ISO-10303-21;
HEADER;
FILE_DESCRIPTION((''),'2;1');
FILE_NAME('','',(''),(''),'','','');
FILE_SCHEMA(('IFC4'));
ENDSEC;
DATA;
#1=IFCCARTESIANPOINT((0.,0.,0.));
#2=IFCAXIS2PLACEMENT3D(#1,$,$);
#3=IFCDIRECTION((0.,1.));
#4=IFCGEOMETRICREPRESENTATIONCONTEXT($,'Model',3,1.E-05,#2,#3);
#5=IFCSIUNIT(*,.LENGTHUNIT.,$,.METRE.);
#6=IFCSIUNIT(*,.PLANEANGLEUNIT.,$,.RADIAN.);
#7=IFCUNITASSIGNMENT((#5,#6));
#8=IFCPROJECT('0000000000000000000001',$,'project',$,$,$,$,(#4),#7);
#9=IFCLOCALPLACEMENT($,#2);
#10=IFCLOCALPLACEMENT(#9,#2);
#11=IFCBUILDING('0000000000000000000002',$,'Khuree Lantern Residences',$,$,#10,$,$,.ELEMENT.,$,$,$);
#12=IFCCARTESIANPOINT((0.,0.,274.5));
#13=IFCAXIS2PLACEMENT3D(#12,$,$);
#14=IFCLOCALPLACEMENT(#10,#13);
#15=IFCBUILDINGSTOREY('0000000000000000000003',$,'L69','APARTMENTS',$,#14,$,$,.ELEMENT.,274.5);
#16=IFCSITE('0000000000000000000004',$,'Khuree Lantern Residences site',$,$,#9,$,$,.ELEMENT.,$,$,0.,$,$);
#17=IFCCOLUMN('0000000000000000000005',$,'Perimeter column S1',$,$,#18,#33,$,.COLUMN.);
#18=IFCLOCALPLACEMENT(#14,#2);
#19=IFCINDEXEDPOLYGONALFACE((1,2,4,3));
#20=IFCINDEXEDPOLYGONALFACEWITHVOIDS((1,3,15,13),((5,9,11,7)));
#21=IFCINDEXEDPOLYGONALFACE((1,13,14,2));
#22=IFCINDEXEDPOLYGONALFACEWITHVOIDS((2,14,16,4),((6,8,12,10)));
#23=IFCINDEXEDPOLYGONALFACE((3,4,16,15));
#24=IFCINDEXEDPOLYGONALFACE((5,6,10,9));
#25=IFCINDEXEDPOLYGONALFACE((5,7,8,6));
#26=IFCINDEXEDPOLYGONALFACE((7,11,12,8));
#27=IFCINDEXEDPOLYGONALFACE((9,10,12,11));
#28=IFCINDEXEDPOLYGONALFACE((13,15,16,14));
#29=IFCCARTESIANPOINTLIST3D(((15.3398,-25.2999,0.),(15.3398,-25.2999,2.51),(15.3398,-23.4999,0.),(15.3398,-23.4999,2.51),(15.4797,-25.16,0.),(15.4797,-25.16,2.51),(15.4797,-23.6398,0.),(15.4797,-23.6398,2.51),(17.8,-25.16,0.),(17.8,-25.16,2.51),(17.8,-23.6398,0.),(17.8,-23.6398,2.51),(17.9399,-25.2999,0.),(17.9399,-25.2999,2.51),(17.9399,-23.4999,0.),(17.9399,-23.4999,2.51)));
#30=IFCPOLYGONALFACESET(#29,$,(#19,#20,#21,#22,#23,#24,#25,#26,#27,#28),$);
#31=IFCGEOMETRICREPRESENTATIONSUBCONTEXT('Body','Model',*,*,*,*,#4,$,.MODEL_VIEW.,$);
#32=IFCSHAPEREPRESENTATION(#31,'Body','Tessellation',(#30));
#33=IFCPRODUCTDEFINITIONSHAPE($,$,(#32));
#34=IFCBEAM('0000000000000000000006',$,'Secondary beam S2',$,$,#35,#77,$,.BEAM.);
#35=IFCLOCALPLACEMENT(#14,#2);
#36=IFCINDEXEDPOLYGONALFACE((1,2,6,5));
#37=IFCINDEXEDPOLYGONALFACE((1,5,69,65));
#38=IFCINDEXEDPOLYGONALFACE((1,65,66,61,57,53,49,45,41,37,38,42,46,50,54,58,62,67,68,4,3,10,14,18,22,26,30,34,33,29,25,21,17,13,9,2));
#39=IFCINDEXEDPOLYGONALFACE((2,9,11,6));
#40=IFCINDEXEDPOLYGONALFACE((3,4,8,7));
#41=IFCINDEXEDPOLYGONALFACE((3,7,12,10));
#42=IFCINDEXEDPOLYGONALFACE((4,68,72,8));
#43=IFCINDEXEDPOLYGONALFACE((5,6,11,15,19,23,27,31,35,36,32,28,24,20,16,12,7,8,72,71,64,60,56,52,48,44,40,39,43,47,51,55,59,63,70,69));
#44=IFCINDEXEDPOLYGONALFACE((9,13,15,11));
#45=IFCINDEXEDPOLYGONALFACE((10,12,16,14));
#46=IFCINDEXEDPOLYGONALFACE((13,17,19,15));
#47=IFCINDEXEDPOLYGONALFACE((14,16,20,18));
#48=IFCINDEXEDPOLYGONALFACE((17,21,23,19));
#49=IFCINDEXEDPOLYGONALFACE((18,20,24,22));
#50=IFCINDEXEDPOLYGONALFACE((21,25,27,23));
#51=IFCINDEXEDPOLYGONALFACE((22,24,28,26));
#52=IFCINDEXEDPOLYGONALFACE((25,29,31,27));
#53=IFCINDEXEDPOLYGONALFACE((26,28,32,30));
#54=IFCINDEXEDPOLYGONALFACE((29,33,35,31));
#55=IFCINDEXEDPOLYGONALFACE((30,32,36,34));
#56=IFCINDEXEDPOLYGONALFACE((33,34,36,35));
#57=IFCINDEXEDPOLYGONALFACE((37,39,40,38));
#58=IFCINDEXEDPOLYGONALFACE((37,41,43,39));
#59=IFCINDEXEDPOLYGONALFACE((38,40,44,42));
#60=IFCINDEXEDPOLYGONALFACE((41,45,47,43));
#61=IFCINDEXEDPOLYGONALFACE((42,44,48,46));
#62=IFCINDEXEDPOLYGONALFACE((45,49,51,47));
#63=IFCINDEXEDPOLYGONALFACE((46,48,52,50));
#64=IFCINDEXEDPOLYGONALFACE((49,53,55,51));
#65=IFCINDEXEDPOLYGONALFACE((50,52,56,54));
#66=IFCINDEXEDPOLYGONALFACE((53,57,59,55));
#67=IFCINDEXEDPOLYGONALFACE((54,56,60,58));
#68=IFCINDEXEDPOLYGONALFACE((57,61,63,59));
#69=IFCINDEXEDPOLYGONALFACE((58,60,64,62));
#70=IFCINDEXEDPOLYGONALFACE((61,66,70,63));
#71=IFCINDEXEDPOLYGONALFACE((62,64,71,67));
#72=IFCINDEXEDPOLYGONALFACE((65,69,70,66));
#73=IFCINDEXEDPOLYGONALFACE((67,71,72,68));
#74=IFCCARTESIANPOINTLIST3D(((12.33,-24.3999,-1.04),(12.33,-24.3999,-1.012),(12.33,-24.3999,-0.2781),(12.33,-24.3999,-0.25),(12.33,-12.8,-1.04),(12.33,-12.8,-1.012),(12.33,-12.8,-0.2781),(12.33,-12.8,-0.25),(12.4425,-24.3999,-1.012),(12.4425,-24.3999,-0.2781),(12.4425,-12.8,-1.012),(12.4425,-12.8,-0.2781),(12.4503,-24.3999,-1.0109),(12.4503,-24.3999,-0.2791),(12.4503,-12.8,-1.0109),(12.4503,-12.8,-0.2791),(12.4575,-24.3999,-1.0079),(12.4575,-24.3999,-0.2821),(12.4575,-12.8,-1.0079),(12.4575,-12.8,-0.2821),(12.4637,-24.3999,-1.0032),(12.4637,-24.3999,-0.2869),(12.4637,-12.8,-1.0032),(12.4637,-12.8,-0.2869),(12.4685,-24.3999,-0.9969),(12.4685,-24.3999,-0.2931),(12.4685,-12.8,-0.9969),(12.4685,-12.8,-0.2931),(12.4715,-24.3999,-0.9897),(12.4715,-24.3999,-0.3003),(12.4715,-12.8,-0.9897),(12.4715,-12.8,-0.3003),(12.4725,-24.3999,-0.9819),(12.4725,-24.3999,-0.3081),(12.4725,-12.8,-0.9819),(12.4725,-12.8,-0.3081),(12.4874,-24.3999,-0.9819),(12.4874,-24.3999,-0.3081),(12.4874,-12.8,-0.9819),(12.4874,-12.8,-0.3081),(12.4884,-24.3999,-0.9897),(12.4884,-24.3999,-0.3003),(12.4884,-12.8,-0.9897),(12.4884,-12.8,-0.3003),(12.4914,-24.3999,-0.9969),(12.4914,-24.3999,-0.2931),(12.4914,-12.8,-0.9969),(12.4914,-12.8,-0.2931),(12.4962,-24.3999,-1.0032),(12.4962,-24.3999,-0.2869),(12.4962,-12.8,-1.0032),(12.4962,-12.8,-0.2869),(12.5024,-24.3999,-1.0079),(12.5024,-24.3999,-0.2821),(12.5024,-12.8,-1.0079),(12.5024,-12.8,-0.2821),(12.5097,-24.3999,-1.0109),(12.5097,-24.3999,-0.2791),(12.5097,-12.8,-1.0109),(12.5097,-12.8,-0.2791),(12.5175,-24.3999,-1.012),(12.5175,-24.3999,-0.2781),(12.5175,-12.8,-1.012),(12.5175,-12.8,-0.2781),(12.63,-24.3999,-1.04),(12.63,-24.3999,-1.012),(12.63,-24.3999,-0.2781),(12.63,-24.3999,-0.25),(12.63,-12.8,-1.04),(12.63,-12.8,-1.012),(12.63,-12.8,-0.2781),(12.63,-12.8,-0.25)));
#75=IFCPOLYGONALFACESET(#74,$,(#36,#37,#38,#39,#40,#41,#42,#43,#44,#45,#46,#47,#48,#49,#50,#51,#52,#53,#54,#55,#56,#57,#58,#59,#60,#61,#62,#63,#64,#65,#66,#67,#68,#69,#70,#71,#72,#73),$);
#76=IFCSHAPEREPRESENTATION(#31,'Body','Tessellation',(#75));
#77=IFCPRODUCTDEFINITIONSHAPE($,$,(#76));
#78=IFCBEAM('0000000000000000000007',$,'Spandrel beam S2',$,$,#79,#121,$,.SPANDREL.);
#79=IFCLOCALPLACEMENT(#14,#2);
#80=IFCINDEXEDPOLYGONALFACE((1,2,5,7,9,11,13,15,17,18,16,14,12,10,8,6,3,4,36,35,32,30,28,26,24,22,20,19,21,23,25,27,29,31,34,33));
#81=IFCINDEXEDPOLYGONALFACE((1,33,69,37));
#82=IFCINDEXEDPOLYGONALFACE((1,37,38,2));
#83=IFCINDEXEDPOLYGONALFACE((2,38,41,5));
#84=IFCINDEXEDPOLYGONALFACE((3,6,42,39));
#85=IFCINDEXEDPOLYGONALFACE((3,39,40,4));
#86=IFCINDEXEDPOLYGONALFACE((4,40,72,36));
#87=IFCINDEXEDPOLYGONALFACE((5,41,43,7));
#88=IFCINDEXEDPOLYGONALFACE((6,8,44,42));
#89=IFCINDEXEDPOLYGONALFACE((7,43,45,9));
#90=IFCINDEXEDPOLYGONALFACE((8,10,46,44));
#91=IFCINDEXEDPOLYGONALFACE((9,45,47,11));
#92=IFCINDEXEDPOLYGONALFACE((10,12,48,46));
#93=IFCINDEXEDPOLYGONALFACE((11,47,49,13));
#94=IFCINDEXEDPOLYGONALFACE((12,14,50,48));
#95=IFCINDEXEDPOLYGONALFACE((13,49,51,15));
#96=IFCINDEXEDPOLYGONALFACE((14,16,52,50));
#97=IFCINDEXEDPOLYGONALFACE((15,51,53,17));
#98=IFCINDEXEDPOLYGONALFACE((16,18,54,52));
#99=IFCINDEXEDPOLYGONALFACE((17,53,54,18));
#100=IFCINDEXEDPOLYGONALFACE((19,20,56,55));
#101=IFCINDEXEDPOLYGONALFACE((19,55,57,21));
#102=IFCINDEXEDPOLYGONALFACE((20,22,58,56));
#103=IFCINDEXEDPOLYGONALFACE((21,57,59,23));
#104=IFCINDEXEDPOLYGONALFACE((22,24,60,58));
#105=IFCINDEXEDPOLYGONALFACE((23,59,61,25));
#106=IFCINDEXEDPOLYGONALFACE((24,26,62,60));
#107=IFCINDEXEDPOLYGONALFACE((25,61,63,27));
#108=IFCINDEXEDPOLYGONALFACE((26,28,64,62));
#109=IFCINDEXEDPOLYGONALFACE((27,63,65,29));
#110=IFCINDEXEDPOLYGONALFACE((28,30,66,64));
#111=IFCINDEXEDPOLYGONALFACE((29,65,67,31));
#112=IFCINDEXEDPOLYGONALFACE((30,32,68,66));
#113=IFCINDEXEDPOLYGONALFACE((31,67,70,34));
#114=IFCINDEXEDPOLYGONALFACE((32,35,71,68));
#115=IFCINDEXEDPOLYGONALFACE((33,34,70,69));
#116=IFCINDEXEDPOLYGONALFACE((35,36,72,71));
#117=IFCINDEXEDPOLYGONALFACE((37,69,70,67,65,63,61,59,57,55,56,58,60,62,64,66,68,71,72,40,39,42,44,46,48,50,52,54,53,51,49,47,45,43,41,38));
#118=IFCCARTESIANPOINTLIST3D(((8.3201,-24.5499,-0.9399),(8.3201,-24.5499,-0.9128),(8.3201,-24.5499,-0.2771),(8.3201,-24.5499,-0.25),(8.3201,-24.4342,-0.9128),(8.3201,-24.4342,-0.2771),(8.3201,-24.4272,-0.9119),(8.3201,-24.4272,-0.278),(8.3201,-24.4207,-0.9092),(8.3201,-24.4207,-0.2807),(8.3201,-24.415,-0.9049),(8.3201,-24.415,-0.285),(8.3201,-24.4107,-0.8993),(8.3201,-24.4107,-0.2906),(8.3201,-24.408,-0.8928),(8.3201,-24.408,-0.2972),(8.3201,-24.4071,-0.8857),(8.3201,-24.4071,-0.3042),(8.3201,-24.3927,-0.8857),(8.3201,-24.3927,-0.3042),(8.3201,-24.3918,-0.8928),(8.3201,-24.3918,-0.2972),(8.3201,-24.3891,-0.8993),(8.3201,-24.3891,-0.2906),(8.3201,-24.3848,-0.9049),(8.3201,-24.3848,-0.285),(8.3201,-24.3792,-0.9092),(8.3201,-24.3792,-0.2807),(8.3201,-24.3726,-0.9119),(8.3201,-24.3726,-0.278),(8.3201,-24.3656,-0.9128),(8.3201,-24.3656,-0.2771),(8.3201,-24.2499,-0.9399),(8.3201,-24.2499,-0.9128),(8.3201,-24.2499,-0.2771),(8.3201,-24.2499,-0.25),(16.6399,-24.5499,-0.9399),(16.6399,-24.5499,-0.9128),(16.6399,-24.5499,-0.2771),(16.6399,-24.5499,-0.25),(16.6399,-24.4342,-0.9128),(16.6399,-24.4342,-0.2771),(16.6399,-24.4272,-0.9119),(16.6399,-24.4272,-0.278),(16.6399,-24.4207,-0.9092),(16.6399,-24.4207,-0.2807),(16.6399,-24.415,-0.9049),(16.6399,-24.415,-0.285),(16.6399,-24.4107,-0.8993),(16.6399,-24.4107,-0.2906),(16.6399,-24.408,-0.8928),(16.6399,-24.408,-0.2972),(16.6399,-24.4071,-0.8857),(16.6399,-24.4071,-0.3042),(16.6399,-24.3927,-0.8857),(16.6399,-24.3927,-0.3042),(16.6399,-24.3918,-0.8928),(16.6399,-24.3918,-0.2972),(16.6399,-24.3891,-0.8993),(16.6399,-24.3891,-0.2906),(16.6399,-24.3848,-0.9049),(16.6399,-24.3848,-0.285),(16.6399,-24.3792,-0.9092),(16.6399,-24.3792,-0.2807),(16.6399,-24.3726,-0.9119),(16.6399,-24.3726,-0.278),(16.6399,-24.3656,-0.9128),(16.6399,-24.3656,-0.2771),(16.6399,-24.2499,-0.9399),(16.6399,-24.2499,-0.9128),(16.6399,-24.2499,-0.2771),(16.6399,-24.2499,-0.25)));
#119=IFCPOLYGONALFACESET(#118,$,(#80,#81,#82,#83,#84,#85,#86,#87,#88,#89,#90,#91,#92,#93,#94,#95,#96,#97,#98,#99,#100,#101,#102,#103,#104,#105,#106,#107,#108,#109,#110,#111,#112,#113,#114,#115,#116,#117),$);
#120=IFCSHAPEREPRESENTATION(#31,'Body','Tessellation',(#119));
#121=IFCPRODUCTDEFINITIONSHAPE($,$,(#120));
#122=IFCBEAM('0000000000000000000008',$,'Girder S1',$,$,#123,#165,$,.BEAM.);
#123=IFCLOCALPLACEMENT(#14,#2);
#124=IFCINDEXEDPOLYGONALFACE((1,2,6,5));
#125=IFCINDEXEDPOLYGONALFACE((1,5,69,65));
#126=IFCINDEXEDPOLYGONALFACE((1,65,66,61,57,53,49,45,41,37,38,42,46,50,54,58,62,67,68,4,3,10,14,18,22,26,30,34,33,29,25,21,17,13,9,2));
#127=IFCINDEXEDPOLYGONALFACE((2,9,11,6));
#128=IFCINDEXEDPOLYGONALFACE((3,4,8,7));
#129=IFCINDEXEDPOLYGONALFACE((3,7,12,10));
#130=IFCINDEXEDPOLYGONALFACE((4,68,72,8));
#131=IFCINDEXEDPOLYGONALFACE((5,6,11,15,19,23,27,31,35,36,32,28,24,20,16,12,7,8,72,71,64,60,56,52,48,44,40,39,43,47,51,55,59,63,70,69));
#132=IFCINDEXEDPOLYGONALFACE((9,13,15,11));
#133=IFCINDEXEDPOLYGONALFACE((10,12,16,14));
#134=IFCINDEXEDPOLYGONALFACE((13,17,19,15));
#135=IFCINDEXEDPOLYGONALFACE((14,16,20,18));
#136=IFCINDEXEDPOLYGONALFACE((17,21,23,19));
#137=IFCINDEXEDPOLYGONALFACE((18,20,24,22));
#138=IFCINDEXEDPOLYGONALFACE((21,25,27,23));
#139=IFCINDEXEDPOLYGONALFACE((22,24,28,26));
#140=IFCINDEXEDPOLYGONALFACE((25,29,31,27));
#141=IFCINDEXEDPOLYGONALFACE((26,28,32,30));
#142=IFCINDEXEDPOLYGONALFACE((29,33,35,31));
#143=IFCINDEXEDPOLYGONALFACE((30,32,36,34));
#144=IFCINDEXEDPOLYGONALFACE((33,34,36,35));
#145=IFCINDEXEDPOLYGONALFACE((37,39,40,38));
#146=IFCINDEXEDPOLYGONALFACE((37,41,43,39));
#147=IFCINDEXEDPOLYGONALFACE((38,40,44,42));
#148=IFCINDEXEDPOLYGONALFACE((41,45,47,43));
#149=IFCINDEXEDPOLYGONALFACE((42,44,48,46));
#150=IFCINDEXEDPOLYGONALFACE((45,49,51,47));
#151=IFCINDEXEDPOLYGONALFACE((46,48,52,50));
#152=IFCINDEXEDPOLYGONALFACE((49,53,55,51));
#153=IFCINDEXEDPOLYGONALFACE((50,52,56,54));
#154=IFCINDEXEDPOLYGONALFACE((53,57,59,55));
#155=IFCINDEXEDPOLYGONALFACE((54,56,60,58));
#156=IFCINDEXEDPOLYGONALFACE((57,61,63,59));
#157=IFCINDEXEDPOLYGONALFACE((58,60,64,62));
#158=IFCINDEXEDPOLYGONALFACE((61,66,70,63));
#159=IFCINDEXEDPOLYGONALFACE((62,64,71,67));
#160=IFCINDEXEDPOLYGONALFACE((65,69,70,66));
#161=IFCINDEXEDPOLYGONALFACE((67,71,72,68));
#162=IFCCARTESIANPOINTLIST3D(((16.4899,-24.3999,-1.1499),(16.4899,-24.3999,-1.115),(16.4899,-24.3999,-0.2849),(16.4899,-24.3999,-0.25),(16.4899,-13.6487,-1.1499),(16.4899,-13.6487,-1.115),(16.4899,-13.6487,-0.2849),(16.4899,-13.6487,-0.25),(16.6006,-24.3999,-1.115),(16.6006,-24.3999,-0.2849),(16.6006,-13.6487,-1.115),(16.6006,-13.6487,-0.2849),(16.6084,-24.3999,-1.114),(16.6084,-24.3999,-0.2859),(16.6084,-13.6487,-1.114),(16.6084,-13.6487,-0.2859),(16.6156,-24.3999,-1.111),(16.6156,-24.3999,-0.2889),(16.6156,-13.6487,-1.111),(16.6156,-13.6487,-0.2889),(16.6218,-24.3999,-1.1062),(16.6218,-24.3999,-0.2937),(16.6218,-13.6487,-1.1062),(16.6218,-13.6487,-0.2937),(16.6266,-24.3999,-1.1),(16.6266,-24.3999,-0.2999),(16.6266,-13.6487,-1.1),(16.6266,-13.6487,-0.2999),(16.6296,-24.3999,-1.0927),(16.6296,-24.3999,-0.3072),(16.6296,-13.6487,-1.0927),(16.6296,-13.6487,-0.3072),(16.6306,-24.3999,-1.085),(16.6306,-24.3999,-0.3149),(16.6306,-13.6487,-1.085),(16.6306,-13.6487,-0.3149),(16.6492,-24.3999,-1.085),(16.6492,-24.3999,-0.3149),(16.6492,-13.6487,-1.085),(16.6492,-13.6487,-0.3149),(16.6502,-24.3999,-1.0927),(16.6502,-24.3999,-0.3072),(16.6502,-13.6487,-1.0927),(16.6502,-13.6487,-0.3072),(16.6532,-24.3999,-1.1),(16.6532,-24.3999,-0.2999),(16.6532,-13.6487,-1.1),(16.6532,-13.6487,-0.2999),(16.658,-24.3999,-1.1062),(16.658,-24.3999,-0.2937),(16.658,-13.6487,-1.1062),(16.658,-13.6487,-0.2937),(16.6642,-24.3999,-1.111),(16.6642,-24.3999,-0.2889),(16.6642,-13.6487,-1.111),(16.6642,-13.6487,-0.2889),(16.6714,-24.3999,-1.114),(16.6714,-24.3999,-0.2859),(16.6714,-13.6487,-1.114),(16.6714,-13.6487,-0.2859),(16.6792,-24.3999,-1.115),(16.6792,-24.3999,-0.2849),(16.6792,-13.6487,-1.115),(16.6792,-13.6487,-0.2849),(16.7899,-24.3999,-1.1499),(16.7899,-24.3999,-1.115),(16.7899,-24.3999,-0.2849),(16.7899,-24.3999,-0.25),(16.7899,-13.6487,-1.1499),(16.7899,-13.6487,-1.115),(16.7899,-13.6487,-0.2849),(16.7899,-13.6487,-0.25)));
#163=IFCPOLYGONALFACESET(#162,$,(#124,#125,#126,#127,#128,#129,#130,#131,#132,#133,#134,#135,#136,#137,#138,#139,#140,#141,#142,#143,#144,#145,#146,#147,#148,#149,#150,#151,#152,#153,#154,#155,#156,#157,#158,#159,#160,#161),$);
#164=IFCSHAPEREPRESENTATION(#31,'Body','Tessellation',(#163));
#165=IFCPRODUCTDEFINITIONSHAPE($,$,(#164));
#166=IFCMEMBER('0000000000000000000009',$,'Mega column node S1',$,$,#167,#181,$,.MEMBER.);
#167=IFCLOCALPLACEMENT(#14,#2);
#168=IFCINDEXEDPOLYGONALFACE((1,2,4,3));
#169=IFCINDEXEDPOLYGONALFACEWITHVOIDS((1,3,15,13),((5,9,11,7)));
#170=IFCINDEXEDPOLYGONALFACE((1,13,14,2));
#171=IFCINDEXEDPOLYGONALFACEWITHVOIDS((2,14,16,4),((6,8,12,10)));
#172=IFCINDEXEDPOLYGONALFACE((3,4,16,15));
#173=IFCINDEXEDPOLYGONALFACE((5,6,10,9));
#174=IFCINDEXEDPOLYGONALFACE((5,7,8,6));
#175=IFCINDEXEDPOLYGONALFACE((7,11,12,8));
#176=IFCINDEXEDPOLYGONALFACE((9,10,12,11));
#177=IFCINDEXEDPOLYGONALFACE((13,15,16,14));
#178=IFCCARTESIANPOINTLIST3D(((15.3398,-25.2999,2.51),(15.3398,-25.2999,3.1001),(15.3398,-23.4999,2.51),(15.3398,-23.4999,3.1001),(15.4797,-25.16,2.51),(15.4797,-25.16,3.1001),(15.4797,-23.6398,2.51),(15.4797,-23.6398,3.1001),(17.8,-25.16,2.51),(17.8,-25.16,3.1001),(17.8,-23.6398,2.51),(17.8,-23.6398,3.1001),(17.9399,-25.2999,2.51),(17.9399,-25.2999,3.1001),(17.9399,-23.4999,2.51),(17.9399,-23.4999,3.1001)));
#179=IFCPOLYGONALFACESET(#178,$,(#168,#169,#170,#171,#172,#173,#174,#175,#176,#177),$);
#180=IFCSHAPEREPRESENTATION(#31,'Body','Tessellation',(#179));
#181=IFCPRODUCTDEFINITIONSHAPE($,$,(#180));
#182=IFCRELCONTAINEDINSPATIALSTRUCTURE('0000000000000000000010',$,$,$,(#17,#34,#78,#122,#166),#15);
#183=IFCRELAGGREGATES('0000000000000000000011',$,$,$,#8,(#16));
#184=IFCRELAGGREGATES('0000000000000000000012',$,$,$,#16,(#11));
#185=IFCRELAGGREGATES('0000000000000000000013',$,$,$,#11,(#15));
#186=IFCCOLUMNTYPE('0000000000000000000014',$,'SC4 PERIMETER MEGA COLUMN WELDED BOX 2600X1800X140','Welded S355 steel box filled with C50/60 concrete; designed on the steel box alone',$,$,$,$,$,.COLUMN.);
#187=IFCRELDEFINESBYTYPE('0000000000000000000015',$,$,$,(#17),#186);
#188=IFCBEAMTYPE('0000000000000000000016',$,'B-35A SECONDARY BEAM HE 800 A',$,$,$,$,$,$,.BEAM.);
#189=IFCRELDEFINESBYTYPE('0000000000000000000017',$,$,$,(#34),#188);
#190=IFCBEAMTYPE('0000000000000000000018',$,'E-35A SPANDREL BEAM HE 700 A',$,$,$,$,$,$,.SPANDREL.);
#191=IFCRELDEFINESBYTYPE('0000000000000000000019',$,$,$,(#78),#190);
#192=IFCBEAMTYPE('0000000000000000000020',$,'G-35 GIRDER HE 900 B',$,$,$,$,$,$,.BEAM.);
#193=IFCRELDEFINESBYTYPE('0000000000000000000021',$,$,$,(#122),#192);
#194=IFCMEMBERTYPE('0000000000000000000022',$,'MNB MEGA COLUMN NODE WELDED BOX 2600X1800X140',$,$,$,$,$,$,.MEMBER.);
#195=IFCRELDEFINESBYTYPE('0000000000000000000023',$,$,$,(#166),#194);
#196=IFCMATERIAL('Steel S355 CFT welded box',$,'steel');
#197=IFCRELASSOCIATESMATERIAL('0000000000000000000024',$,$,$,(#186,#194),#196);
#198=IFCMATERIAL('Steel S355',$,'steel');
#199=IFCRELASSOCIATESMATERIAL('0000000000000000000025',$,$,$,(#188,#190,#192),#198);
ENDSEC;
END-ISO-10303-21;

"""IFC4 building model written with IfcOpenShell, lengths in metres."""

from ifc_helpers import new_model, si_unit, direction, frame, origin, origin_2d, place, context, subcontext, project, spatial, hollow_rectangle, i_section, extrude, material, material_profile, profile_set, type_object, element, save


model = new_model("IFC4")

# Units and contexts
model_context = context("Model", 3, precision=1e-05, world=origin(), true_north=direction((0.0, 1.0)))
body_context = subcontext(model_context, "Body", "Model", "MODEL_VIEW")
ifc_project = project(units=[si_unit("LENGTHUNIT", "METRE"), si_unit("PLANEANGLEUNIT", "RADIAN")], contexts=[model_context])

# Site, building, storey
site_placement = place(None, origin())
site = spatial("IfcSite", under=ifc_project, at=site_placement, Name="Khuree Lantern Residences site", CompositionType="ELEMENT", RefElevation=0.0)
building_placement = place(site_placement, origin())
building = spatial("IfcBuilding", under=site, at=building_placement, Name="Khuree Lantern Residences", CompositionType="ELEMENT")
storey_placement = place(building_placement, frame((0.0, 0.0, 274.5)))
storey = spatial("IfcBuildingStorey", under=building, at=storey_placement, Name="L69", Description="APARTMENTS", CompositionType="ELEMENT", Elevation=274.5)

# Column
ifc_material_1 = material(Name="Steel S355 CFT welded box", Category="steel")
ifc_material_profile_1 = material_profile(ifc_material_1, hollow_rectangle(XDim=2.6001, YDim=1.8, WallThickness=0.1399, at=origin_2d()), Name="WELDED BOX 2600X1800X140")
ifc_profile_set_1 = profile_set([ifc_material_profile_1], Name="Steel S355 CFT welded box")
column_type = type_object("IfcColumnType", Name="SC4 PERIMETER MEGA COLUMN WELDED BOX 2600X1800X140", Description="Welded S355 steel box filled with C50/60 concrete; designed on the steel box alone", PredefinedType="COLUMN", material=ifc_profile_set_1)
column_placement = place(storey_placement, frame((16.6399, -24.3999, 0.0), z_axis=(0.0, 0.0, 1.0), x_axis=(1.0, 0.0, 0.0)))
element("IfcColumn", 1, at=column_placement, inside=storey, type_object=column_type, Name="Perimeter column S1", PredefinedType="COLUMN", context=body_context, shape_type="SweptSolid", body=[
    extrude(hollow_rectangle(XDim=2.6001, YDim=1.8, WallThickness=0.1399, at=origin_2d()), origin(), (0.0, 0.0, 1.0), 2.51),
])

# Beams
ifc_material_2 = material(Name="Steel S355", Category="steel")
ifc_material_profile_2 = material_profile(ifc_material_2, i_section(OverallWidth=0.3, OverallDepth=0.79, WebThickness=0.0149, FlangeThickness=0.0281, FilletRadius=0.03, at=origin_2d()), Name="HE 800 A")
ifc_profile_set_2 = profile_set([ifc_material_profile_2], Name="Steel S355")
beam_type_1 = type_object("IfcBeamType", Name="B-35A SECONDARY BEAM HE 800 A", PredefinedType="BEAM", material=ifc_profile_set_2)
beam_1_placement = place(storey_placement, frame((12.48, -24.3999, -0.645), z_axis=(0.0, 1.0, 0.0), x_axis=(-1.0, 0.0, 0.0)))
element("IfcBeam", 2, at=beam_1_placement, inside=storey, type_object=beam_type_1, Name="Secondary beam S2", PredefinedType="BEAM", context=body_context, shape_type="SweptSolid", body=[
    extrude(i_section(OverallWidth=0.3, OverallDepth=0.79, WebThickness=0.0149, FlangeThickness=0.0281, FilletRadius=0.03, at=origin_2d()), origin(), (0.0, 0.0, 1.0), 11.5999),
])
ifc_material_profile_3 = material_profile(ifc_material_2, i_section(OverallWidth=0.3, OverallDepth=0.6899, WebThickness=0.0144, FlangeThickness=0.0271, FilletRadius=0.0271, at=origin_2d()), Name="HE 700 A")
ifc_profile_set_3 = profile_set([ifc_material_profile_3], Name="Steel S355")
beam_type_2 = type_object("IfcBeamType", Name="E-35A SPANDREL BEAM HE 700 A", PredefinedType="SPANDREL", material=ifc_profile_set_3)
beam_2_placement = place(storey_placement, frame((16.6399, -24.3999, -0.595), z_axis=(-1.0, 0.0, 0.0), x_axis=(0.0, -1.0, 0.0)))
element("IfcBeam", 3, at=beam_2_placement, inside=storey, type_object=beam_type_2, Name="Spandrel beam S2", PredefinedType="SPANDREL", context=body_context, shape_type="SweptSolid", body=[
    extrude(i_section(OverallWidth=0.3, OverallDepth=0.6899, WebThickness=0.0144, FlangeThickness=0.0271, FilletRadius=0.0271, at=origin_2d()), origin(), (0.0, 0.0, 1.0), 8.3198),
])
ifc_material_profile_4 = material_profile(ifc_material_2, i_section(OverallWidth=0.3, OverallDepth=0.8999, WebThickness=0.0186, FlangeThickness=0.0349, FilletRadius=0.03, at=origin_2d()), Name="HE 900 B")
ifc_profile_set_4 = profile_set([ifc_material_profile_4], Name="Steel S355")
beam_type_3 = type_object("IfcBeamType", Name="G-35 GIRDER HE 900 B", PredefinedType="BEAM", material=ifc_profile_set_4)
beam_3_placement = place(storey_placement, frame((16.6399, -24.3999, -0.7), z_axis=(0.0, 1.0, 0.0), x_axis=(-1.0, 0.0, 0.0)))
element("IfcBeam", 4, at=beam_3_placement, inside=storey, type_object=beam_type_3, Name="Girder S1", PredefinedType="BEAM", context=body_context, shape_type="SweptSolid", body=[
    extrude(i_section(OverallWidth=0.3, OverallDepth=0.8999, WebThickness=0.0186, FlangeThickness=0.0349, FilletRadius=0.03, at=origin_2d()), origin(), (0.0, 0.0, 1.0), 10.7512),
])

# Member
ifc_material_profile_5 = material_profile(ifc_material_1, hollow_rectangle(XDim=2.6001, YDim=1.8, WallThickness=0.1399, at=origin_2d()), Name="WELDED BOX 2600X1800X140")
ifc_profile_set_5 = profile_set([ifc_material_profile_5], Name="Steel S355 CFT welded box")
member_type = type_object("IfcMemberType", Name="MNB MEGA COLUMN NODE WELDED BOX 2600X1800X140", PredefinedType="MEMBER", material=ifc_profile_set_5)
member_placement = place(storey_placement, frame((16.6399, -24.3999, 2.51), z_axis=(0.0, 0.0, 1.0), x_axis=(1.0, 0.0, 0.0)))
element("IfcMember", 5, at=member_placement, inside=storey, type_object=member_type, Name="Mega column node S1", PredefinedType="MEMBER", context=body_context, shape_type="SweptSolid", body=[
    extrude(hollow_rectangle(XDim=2.6001, YDim=1.8, WallThickness=0.1399, at=origin_2d()), origin(), (0.0, 0.0, 1.0), 0.5901),
])

save(model, "model.ifc")
